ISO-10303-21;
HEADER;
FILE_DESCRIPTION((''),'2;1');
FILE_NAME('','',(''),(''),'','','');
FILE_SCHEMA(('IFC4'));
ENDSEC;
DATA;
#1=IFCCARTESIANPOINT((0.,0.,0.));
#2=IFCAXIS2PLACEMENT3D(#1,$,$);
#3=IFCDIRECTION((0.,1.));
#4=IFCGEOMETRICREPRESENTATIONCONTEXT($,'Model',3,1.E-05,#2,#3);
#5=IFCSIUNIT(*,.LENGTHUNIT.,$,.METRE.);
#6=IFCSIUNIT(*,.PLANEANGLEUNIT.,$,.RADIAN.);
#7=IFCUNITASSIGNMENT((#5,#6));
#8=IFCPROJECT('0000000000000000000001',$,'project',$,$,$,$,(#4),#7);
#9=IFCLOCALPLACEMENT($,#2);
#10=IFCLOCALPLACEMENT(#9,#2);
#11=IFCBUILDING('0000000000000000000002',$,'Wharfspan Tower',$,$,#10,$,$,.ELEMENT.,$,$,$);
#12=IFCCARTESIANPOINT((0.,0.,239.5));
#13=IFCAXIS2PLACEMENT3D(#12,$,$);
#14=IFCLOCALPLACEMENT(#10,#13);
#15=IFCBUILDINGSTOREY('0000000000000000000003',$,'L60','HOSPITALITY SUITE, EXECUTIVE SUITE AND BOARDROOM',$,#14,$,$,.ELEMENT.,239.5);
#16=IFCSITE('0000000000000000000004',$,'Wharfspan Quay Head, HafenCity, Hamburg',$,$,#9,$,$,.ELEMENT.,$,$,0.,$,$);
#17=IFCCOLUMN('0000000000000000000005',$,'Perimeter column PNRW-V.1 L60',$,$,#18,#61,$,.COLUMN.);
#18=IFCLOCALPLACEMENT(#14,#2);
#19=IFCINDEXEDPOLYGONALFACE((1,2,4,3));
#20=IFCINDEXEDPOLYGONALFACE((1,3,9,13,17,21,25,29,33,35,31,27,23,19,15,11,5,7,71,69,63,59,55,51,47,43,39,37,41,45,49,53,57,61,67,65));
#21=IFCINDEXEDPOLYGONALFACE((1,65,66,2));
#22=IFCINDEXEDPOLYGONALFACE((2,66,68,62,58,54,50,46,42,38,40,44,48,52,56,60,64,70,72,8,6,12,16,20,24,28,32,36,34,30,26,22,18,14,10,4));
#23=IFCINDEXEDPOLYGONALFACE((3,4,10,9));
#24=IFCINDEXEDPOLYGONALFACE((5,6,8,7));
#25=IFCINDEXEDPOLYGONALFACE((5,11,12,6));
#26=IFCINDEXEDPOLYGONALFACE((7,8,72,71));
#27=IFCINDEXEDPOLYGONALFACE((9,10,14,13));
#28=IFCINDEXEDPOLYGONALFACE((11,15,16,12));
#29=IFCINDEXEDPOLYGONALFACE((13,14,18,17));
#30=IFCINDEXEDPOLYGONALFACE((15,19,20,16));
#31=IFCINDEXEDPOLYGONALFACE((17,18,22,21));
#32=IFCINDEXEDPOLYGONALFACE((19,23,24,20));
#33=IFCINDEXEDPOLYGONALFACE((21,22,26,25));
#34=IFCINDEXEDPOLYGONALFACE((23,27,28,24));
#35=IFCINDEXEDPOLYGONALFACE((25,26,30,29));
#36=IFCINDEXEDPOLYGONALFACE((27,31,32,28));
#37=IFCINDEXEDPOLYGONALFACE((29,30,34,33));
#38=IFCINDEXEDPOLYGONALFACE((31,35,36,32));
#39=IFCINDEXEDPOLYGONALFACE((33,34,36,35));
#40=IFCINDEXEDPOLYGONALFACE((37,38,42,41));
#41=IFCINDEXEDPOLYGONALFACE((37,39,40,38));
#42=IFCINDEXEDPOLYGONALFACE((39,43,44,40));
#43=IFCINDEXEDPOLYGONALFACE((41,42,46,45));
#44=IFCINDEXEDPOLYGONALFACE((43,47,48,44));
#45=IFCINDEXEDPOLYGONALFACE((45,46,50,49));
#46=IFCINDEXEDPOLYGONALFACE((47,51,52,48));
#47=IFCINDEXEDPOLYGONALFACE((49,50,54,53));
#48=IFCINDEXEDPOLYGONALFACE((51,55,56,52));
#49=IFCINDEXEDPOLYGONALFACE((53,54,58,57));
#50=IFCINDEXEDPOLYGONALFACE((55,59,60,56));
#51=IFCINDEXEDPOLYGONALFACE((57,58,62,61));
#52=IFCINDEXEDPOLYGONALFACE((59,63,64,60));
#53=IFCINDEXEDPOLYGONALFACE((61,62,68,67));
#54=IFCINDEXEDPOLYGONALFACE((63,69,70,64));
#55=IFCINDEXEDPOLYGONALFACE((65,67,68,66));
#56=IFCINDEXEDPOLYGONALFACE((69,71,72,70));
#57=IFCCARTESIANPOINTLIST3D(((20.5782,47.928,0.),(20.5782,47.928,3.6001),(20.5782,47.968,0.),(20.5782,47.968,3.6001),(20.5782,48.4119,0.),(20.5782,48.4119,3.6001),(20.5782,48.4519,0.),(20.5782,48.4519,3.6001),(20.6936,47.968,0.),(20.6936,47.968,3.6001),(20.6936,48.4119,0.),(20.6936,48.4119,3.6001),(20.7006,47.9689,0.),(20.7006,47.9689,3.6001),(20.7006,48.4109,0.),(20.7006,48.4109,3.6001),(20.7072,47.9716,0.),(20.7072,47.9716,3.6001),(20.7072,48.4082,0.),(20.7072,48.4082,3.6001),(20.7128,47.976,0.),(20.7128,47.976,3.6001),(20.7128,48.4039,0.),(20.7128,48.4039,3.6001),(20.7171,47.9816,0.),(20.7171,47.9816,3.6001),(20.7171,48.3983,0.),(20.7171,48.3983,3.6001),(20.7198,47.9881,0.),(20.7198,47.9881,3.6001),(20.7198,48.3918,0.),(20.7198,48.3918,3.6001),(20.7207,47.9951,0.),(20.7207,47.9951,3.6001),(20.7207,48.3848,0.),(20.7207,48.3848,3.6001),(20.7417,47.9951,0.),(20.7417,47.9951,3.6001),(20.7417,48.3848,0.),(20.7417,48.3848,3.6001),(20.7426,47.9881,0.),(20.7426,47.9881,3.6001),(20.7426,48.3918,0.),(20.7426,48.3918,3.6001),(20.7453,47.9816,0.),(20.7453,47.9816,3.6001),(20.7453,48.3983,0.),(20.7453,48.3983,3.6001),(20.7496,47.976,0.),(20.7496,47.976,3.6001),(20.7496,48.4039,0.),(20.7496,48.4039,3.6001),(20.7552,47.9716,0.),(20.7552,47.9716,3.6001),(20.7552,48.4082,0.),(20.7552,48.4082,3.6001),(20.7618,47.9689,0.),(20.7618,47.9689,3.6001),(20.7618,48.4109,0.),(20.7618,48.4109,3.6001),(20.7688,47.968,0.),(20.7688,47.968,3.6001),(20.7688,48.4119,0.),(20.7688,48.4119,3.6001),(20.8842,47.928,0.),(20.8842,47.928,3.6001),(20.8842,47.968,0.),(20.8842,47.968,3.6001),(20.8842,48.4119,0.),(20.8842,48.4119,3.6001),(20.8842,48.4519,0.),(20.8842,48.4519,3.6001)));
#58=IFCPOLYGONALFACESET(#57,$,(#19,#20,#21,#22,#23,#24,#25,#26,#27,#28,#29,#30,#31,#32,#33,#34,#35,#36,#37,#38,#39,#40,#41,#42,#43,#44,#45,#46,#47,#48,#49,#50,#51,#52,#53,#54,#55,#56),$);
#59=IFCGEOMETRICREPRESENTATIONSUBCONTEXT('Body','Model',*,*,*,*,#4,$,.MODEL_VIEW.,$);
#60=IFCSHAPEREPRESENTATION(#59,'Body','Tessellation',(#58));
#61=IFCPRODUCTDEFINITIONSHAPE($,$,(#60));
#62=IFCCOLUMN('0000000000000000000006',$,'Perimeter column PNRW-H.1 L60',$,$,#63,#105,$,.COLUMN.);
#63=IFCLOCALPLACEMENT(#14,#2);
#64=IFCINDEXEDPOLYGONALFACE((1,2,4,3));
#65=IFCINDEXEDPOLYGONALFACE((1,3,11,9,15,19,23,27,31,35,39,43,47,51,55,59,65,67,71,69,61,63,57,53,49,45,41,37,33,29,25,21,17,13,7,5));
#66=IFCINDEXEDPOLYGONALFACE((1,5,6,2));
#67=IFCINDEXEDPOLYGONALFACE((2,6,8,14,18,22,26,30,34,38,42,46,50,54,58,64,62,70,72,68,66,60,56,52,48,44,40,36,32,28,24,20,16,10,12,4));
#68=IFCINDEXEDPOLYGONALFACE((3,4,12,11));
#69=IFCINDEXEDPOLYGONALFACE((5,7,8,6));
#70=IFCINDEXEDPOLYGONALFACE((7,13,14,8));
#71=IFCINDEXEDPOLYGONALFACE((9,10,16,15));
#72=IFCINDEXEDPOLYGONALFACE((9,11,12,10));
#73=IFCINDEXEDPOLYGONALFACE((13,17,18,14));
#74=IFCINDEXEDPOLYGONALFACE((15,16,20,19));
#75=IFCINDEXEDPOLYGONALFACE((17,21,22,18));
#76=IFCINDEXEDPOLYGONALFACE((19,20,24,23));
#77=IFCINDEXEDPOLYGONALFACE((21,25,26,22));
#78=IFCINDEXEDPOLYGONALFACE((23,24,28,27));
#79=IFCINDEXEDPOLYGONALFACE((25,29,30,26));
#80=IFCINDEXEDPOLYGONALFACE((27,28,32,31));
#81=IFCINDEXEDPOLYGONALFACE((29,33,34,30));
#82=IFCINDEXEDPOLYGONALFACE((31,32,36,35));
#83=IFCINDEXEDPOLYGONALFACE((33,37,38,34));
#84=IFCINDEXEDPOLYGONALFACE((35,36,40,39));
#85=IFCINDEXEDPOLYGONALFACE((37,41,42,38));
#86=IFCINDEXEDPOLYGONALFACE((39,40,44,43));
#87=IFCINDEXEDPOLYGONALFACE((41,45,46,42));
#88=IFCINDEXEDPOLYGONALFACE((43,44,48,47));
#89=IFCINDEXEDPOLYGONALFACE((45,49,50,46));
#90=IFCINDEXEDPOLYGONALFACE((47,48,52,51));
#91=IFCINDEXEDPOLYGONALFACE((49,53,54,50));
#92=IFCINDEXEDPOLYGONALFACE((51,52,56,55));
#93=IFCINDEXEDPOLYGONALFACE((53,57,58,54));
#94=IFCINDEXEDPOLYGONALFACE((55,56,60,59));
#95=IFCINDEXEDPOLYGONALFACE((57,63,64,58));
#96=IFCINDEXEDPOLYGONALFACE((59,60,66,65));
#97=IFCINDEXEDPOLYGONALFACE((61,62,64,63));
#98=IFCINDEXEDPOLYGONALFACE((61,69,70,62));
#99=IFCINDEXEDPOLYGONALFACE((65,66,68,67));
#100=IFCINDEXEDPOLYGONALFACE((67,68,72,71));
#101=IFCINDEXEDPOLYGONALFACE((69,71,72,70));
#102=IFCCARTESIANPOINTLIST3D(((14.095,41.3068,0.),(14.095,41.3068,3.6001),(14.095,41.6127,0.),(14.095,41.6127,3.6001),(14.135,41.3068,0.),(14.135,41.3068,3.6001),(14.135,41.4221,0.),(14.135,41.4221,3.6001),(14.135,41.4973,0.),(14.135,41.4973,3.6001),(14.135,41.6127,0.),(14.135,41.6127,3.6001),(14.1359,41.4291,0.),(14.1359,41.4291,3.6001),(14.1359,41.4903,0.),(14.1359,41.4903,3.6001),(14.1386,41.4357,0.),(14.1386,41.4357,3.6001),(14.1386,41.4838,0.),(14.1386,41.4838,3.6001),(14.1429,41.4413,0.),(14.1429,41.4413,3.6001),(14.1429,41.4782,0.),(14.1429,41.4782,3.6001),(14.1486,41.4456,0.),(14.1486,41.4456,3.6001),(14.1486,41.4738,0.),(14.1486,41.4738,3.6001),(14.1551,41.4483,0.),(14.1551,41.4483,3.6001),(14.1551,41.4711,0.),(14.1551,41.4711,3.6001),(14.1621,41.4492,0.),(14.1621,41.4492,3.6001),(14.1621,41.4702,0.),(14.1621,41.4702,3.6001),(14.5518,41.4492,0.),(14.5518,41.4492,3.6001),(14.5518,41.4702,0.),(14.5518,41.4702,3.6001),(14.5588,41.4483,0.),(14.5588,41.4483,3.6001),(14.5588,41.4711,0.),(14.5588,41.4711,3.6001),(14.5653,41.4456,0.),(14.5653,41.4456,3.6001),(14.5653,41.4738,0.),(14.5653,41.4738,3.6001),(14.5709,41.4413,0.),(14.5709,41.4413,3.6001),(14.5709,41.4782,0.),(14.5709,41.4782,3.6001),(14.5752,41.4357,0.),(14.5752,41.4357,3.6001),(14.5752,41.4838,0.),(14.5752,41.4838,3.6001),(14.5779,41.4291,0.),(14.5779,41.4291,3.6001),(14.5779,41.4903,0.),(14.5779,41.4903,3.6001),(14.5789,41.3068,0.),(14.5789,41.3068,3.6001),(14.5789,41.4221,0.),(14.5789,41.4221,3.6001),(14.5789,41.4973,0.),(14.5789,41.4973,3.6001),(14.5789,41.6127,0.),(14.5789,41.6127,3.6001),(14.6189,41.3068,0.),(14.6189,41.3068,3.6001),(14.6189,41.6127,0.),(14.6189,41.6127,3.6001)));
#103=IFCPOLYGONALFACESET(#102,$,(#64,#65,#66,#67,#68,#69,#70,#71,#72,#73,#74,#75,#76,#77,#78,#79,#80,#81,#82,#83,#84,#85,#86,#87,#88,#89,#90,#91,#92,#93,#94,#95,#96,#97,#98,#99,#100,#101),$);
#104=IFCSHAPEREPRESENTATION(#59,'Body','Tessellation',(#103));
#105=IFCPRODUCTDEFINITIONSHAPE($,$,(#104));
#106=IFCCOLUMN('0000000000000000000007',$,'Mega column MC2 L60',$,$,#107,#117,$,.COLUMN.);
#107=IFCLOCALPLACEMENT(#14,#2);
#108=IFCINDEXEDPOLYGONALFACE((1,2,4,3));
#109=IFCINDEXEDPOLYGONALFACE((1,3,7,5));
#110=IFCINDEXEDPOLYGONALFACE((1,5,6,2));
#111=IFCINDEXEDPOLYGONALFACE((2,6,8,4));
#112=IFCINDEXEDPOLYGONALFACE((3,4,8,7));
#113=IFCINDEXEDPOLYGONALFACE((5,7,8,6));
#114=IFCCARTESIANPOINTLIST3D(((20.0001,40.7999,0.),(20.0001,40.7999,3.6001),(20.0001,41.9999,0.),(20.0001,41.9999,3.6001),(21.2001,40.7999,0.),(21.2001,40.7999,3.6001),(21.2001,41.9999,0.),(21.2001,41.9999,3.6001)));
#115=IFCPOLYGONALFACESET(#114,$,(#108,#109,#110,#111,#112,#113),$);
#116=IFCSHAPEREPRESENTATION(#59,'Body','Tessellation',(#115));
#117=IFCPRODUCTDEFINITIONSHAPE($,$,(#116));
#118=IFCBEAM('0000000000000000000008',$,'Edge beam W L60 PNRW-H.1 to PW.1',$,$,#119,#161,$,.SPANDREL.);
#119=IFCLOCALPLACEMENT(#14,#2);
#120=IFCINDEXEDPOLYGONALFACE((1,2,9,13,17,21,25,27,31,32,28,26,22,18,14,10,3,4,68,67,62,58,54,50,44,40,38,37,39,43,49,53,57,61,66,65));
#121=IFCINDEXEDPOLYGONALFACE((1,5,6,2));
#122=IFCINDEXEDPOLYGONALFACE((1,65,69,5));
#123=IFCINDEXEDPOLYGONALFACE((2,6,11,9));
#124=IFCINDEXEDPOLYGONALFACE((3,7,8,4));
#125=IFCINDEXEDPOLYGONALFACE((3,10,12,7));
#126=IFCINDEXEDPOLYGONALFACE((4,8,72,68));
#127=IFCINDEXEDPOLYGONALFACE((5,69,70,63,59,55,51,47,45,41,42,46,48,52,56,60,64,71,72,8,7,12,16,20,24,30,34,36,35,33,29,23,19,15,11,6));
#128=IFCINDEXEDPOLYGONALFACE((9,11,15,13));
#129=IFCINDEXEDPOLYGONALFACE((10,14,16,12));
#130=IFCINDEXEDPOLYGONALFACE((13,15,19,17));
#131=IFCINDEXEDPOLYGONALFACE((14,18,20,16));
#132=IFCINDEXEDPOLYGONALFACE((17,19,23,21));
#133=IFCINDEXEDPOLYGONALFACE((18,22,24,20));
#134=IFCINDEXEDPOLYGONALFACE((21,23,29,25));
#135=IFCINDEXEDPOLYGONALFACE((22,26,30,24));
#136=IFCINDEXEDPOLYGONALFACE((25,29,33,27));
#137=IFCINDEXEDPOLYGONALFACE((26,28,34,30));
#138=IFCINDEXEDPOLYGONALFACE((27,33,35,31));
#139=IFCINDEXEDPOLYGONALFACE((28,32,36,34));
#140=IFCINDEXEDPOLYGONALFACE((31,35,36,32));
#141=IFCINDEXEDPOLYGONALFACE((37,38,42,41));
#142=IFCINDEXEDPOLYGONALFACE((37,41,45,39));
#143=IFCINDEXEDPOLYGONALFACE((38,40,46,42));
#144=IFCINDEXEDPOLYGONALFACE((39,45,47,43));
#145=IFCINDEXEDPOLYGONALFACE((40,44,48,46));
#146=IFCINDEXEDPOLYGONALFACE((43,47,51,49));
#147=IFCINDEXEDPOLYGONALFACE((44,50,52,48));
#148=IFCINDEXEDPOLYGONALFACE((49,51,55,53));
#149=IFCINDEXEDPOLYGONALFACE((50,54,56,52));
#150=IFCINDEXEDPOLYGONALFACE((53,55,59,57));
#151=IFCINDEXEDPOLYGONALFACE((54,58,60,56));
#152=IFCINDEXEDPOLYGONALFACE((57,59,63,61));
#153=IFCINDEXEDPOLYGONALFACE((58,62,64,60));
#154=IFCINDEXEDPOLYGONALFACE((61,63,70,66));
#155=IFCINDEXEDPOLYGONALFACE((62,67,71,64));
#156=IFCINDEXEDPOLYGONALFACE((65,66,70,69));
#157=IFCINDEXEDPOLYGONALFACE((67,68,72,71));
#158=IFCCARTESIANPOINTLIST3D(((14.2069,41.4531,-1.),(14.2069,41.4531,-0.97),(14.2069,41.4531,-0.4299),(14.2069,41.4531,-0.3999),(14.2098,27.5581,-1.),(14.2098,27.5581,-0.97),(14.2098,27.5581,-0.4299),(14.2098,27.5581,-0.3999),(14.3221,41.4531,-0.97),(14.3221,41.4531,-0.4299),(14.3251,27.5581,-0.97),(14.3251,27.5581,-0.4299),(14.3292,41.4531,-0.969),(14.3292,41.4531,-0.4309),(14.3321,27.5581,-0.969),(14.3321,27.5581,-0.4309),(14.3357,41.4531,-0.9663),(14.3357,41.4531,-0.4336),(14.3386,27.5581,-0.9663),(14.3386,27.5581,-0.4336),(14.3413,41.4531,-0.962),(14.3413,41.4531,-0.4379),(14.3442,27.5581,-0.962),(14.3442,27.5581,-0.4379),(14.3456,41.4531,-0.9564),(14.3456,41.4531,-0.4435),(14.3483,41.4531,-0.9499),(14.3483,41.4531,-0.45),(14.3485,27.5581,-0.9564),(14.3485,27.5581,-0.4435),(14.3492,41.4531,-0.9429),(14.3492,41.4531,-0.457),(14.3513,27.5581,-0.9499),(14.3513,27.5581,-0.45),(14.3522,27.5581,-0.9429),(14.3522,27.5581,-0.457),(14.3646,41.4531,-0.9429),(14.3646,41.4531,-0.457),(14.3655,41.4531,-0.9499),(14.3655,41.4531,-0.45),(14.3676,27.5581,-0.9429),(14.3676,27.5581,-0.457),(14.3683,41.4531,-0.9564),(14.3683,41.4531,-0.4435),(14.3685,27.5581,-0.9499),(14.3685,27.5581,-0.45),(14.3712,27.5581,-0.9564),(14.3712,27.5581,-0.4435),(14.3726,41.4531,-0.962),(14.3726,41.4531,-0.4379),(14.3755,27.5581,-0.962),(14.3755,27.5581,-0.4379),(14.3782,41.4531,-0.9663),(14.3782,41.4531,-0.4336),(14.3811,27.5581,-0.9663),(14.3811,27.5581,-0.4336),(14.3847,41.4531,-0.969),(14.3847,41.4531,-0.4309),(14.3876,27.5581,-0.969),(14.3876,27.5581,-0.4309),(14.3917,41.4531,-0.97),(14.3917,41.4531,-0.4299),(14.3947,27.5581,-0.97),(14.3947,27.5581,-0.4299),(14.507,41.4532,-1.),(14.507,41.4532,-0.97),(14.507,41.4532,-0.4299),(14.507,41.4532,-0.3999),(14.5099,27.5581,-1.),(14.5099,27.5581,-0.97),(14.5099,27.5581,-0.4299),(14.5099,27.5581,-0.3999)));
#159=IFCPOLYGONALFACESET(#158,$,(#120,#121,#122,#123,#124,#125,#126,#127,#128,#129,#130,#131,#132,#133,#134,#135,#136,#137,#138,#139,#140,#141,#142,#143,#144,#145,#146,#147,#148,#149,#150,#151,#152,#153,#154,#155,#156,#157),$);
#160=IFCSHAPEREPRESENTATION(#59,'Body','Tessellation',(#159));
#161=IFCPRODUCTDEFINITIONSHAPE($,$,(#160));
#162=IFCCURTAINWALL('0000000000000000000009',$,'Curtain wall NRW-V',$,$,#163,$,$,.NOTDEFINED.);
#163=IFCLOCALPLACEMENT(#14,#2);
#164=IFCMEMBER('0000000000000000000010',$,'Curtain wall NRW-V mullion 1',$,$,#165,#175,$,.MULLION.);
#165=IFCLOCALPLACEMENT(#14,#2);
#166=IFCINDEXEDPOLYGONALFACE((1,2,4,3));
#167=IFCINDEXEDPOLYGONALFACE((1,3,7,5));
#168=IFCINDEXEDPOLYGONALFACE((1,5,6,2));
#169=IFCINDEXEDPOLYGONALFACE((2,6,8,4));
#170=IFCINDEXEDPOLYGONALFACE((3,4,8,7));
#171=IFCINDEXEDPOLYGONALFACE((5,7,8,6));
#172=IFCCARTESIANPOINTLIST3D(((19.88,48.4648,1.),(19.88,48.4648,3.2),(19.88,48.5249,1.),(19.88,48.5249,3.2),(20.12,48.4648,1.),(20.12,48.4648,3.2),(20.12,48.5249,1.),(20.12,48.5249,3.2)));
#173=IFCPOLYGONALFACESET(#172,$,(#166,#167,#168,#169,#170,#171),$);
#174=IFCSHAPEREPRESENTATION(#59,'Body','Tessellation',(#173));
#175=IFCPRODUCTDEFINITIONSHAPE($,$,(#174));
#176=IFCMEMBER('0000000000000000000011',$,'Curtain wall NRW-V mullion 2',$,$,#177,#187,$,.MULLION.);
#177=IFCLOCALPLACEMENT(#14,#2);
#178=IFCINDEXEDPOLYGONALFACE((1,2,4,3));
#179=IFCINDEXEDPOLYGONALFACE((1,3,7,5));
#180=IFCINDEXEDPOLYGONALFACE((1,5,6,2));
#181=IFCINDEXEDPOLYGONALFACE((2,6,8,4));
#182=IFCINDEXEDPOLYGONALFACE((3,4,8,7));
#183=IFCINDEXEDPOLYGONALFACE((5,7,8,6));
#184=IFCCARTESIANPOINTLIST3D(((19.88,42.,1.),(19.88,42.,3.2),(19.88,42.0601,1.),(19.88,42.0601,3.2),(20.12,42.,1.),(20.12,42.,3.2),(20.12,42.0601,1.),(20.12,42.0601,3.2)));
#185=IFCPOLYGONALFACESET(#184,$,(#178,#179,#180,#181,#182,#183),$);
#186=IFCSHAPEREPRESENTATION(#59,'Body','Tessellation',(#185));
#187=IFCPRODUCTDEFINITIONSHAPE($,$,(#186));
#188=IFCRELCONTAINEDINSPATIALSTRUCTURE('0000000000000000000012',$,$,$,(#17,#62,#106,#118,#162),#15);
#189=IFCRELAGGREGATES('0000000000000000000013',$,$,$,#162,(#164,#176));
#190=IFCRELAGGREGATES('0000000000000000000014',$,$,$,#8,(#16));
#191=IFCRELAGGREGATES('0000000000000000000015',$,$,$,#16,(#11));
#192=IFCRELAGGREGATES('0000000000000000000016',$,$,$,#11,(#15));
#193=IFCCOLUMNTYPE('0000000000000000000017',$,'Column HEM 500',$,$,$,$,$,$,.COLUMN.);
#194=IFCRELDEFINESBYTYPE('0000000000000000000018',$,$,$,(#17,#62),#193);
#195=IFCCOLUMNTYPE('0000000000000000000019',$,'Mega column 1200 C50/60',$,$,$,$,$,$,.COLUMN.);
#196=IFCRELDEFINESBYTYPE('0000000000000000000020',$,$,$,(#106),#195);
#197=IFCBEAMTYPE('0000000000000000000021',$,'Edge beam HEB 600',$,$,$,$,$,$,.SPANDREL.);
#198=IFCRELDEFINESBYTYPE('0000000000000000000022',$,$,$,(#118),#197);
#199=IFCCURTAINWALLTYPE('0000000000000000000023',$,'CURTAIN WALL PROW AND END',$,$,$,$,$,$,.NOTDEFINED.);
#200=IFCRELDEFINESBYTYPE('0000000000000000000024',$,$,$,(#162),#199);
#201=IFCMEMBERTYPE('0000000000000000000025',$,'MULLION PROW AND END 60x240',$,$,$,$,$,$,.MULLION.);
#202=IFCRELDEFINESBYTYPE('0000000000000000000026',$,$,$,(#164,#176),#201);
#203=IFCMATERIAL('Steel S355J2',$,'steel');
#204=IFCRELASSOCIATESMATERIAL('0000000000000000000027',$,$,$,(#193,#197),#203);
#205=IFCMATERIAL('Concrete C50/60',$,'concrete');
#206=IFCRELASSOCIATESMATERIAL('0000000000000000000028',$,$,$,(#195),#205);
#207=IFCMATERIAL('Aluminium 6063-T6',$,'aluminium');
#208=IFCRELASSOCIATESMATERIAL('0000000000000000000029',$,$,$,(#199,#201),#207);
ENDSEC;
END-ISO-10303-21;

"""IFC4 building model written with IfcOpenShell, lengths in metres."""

from ifc_helpers import new_model, si_unit, direction, frame, origin, origin_2d, place, context, subcontext, project, spatial, rectangle, i_section, extrude, material, material_profile, profile_set, type_object, element, aggregate, save


model = new_model("IFC4")

# Units and contexts
model_context = context("Model", 3, precision=1e-05, world=origin(), true_north=direction((0.0, 1.0)))
body_context = subcontext(model_context, "Body", "Model", "MODEL_VIEW")
ifc_project = project(units=[si_unit("LENGTHUNIT", "METRE"), si_unit("PLANEANGLEUNIT", "RADIAN")], contexts=[model_context])

# Site, building, storey
site_placement = place(None, origin())
site = spatial("IfcSite", under=ifc_project, at=site_placement, Name="Wharfspan Quay Head, HafenCity, Hamburg", CompositionType="ELEMENT", RefElevation=0.0)
building_placement = place(site_placement, origin())
building = spatial("IfcBuilding", under=site, at=building_placement, Name="Wharfspan Tower", CompositionType="ELEMENT")
storey_placement = place(building_placement, frame((0.0, 0.0, 239.5)))
storey = spatial("IfcBuildingStorey", under=building, at=storey_placement, Name="L60", Description="HOSPITALITY SUITE, EXECUTIVE SUITE AND BOARDROOM", CompositionType="ELEMENT", Elevation=239.5)

# Columns
ifc_material_1 = material(Name="Steel S355J2", Category="steel")
ifc_material_profile_1 = material_profile(ifc_material_1, i_section(OverallWidth=0.3059, OverallDepth=0.5239, WebThickness=0.021, FlangeThickness=0.04, FilletRadius=0.0271, at=origin_2d()))
ifc_profile_set_1 = profile_set([ifc_material_profile_1], Name="Steel S355J2")
column_type_1 = type_object("IfcColumnType", Name="Column HEM 500", PredefinedType="COLUMN", material=ifc_profile_set_1)
for number, where, z_axis, x_axis, name in (
    (1, (20.7312, 48.1899, 0.0), (0.0, 0.0, 1.0), (-1.0, 0.0, 0.0), "Perimeter column PNRW-V.1 L60"),
    (2, (14.3569, 41.4597, 0.0), (0.0, 0.0, 1.0), (0.0, 1.0, 0.0), "Perimeter column PNRW-H.1 L60"),
):
    element("IfcColumn", number, at=place(storey_placement, frame(where, z_axis=z_axis, x_axis=x_axis)), inside=storey, type_object=column_type_1, Name=name, PredefinedType="COLUMN", context=body_context, shape_type="SweptSolid", body=[
        extrude(i_section(OverallWidth=0.3059, OverallDepth=0.5239, WebThickness=0.021, FlangeThickness=0.04, FilletRadius=0.0271, at=origin_2d()), origin(), (0.0, 0.0, 1.0), 3.6001),
    ])
ifc_material_2 = material(Name="Concrete C50/60", Category="concrete")
ifc_material_profile_2 = material_profile(ifc_material_2, rectangle(XDim=1.2, YDim=1.2, at=origin_2d()))
ifc_profile_set_2 = profile_set([ifc_material_profile_2], Name="Concrete C50/60")
column_type_2 = type_object("IfcColumnType", Name="Mega column 1200 C50/60", PredefinedType="COLUMN", material=ifc_profile_set_2)
column_placement = place(storey_placement, frame((20.6001, 41.3999, 0.0), z_axis=(0.0, 0.0, 1.0), x_axis=(1.0, 0.0, 0.0)))
element("IfcColumn", 3, at=column_placement, inside=storey, type_object=column_type_2, Name="Mega column MC2 L60", PredefinedType="COLUMN", context=body_context, shape_type="SweptSolid", body=[
    extrude(rectangle(XDim=1.2, YDim=1.2, at=origin_2d()), origin(), (0.0, 0.0, 1.0), 3.6001),
])

# Beam
ifc_material_profile_3 = material_profile(ifc_material_1, i_section(OverallWidth=0.3, OverallDepth=0.6001, WebThickness=0.0154, FlangeThickness=0.03, FilletRadius=0.0271, at=origin_2d()))
ifc_profile_set_3 = profile_set([ifc_material_profile_3], Name="Steel S355J2")
beam_type = type_object("IfcBeamType", Name="Edge beam HEB 600", PredefinedType="SPANDREL", material=ifc_profile_set_3)
beam_placement = place(storey_placement, frame((14.3569, 41.4531, -0.7), z_axis=(0.000211, -1.0, 0.0), x_axis=(1.0, 0.000211, 0.0)))
element("IfcBeam", 4, at=beam_placement, inside=storey, type_object=beam_type, Name="Edge beam W L60 PNRW-H.1 to PW.1", PredefinedType="SPANDREL", context=body_context, shape_type="SweptSolid", body=[
    extrude(i_section(OverallWidth=0.3, OverallDepth=0.6001, WebThickness=0.0154, FlangeThickness=0.03, FilletRadius=0.0271, at=origin_2d()), origin(), (0.0, 0.0, 1.0), 13.895),
])

# Curtain wall, members
ifc_material_3 = material(Name="Aluminium 6063-T6", Category="aluminium")
curtain_wall_type = type_object("IfcCurtainWallType", Name="CURTAIN WALL PROW AND END", PredefinedType="NOTDEFINED", material=ifc_material_3)
curtain_wall_1_placement = place(storey_placement, origin())
curtain_wall_1 = element("IfcCurtainWall", 5, at=curtain_wall_1_placement, inside=storey, type_object=curtain_wall_type, Name="Curtain wall NRW-V", PredefinedType="NOTDEFINED")
ifc_material_profile_4 = material_profile(ifc_material_3, rectangle(XDim=0.24, YDim=0.0601, at=origin_2d()))
ifc_profile_set_4 = profile_set([ifc_material_profile_4], Name="Aluminium 6063-T6")
member_type_1 = type_object("IfcMemberType", Name="MULLION PROW AND END 60x240", PredefinedType="MULLION", material=ifc_profile_set_4)
member_1_placement = place(storey_placement, frame((20.0, 48.4949, 1.0), z_axis=(0.0, 0.0, 1.0), x_axis=(1.0, 0.0, 0.0)))
member_1 = element("IfcMember", 6, at=member_1_placement, type_object=member_type_1, Name="Curtain wall NRW-V mullion 1", PredefinedType="MULLION", context=body_context, shape_type="SweptSolid", body=[
    extrude(rectangle(XDim=0.24, YDim=0.0601, at=origin_2d()), origin(), (0.0, 0.0, 1.0), 2.2),
])
member_2_placement = place(storey_placement, frame((20.0, 42.03, 1.0), z_axis=(0.0, 0.0, 1.0), x_axis=(1.0, 0.0, 0.0)))
member_2 = element("IfcMember", 7, at=member_2_placement, type_object=member_type_1, Name="Curtain wall NRW-V mullion 2", PredefinedType="MULLION", context=body_context, shape_type="SweptSolid", body=[
    extrude(rectangle(XDim=0.24, YDim=0.0601, at=origin_2d()), origin(), (0.0, 0.0, 1.0), 2.2),
])

aggregate(curtain_wall_1, [member_1, member_2])

save(model, "model.ifc")
